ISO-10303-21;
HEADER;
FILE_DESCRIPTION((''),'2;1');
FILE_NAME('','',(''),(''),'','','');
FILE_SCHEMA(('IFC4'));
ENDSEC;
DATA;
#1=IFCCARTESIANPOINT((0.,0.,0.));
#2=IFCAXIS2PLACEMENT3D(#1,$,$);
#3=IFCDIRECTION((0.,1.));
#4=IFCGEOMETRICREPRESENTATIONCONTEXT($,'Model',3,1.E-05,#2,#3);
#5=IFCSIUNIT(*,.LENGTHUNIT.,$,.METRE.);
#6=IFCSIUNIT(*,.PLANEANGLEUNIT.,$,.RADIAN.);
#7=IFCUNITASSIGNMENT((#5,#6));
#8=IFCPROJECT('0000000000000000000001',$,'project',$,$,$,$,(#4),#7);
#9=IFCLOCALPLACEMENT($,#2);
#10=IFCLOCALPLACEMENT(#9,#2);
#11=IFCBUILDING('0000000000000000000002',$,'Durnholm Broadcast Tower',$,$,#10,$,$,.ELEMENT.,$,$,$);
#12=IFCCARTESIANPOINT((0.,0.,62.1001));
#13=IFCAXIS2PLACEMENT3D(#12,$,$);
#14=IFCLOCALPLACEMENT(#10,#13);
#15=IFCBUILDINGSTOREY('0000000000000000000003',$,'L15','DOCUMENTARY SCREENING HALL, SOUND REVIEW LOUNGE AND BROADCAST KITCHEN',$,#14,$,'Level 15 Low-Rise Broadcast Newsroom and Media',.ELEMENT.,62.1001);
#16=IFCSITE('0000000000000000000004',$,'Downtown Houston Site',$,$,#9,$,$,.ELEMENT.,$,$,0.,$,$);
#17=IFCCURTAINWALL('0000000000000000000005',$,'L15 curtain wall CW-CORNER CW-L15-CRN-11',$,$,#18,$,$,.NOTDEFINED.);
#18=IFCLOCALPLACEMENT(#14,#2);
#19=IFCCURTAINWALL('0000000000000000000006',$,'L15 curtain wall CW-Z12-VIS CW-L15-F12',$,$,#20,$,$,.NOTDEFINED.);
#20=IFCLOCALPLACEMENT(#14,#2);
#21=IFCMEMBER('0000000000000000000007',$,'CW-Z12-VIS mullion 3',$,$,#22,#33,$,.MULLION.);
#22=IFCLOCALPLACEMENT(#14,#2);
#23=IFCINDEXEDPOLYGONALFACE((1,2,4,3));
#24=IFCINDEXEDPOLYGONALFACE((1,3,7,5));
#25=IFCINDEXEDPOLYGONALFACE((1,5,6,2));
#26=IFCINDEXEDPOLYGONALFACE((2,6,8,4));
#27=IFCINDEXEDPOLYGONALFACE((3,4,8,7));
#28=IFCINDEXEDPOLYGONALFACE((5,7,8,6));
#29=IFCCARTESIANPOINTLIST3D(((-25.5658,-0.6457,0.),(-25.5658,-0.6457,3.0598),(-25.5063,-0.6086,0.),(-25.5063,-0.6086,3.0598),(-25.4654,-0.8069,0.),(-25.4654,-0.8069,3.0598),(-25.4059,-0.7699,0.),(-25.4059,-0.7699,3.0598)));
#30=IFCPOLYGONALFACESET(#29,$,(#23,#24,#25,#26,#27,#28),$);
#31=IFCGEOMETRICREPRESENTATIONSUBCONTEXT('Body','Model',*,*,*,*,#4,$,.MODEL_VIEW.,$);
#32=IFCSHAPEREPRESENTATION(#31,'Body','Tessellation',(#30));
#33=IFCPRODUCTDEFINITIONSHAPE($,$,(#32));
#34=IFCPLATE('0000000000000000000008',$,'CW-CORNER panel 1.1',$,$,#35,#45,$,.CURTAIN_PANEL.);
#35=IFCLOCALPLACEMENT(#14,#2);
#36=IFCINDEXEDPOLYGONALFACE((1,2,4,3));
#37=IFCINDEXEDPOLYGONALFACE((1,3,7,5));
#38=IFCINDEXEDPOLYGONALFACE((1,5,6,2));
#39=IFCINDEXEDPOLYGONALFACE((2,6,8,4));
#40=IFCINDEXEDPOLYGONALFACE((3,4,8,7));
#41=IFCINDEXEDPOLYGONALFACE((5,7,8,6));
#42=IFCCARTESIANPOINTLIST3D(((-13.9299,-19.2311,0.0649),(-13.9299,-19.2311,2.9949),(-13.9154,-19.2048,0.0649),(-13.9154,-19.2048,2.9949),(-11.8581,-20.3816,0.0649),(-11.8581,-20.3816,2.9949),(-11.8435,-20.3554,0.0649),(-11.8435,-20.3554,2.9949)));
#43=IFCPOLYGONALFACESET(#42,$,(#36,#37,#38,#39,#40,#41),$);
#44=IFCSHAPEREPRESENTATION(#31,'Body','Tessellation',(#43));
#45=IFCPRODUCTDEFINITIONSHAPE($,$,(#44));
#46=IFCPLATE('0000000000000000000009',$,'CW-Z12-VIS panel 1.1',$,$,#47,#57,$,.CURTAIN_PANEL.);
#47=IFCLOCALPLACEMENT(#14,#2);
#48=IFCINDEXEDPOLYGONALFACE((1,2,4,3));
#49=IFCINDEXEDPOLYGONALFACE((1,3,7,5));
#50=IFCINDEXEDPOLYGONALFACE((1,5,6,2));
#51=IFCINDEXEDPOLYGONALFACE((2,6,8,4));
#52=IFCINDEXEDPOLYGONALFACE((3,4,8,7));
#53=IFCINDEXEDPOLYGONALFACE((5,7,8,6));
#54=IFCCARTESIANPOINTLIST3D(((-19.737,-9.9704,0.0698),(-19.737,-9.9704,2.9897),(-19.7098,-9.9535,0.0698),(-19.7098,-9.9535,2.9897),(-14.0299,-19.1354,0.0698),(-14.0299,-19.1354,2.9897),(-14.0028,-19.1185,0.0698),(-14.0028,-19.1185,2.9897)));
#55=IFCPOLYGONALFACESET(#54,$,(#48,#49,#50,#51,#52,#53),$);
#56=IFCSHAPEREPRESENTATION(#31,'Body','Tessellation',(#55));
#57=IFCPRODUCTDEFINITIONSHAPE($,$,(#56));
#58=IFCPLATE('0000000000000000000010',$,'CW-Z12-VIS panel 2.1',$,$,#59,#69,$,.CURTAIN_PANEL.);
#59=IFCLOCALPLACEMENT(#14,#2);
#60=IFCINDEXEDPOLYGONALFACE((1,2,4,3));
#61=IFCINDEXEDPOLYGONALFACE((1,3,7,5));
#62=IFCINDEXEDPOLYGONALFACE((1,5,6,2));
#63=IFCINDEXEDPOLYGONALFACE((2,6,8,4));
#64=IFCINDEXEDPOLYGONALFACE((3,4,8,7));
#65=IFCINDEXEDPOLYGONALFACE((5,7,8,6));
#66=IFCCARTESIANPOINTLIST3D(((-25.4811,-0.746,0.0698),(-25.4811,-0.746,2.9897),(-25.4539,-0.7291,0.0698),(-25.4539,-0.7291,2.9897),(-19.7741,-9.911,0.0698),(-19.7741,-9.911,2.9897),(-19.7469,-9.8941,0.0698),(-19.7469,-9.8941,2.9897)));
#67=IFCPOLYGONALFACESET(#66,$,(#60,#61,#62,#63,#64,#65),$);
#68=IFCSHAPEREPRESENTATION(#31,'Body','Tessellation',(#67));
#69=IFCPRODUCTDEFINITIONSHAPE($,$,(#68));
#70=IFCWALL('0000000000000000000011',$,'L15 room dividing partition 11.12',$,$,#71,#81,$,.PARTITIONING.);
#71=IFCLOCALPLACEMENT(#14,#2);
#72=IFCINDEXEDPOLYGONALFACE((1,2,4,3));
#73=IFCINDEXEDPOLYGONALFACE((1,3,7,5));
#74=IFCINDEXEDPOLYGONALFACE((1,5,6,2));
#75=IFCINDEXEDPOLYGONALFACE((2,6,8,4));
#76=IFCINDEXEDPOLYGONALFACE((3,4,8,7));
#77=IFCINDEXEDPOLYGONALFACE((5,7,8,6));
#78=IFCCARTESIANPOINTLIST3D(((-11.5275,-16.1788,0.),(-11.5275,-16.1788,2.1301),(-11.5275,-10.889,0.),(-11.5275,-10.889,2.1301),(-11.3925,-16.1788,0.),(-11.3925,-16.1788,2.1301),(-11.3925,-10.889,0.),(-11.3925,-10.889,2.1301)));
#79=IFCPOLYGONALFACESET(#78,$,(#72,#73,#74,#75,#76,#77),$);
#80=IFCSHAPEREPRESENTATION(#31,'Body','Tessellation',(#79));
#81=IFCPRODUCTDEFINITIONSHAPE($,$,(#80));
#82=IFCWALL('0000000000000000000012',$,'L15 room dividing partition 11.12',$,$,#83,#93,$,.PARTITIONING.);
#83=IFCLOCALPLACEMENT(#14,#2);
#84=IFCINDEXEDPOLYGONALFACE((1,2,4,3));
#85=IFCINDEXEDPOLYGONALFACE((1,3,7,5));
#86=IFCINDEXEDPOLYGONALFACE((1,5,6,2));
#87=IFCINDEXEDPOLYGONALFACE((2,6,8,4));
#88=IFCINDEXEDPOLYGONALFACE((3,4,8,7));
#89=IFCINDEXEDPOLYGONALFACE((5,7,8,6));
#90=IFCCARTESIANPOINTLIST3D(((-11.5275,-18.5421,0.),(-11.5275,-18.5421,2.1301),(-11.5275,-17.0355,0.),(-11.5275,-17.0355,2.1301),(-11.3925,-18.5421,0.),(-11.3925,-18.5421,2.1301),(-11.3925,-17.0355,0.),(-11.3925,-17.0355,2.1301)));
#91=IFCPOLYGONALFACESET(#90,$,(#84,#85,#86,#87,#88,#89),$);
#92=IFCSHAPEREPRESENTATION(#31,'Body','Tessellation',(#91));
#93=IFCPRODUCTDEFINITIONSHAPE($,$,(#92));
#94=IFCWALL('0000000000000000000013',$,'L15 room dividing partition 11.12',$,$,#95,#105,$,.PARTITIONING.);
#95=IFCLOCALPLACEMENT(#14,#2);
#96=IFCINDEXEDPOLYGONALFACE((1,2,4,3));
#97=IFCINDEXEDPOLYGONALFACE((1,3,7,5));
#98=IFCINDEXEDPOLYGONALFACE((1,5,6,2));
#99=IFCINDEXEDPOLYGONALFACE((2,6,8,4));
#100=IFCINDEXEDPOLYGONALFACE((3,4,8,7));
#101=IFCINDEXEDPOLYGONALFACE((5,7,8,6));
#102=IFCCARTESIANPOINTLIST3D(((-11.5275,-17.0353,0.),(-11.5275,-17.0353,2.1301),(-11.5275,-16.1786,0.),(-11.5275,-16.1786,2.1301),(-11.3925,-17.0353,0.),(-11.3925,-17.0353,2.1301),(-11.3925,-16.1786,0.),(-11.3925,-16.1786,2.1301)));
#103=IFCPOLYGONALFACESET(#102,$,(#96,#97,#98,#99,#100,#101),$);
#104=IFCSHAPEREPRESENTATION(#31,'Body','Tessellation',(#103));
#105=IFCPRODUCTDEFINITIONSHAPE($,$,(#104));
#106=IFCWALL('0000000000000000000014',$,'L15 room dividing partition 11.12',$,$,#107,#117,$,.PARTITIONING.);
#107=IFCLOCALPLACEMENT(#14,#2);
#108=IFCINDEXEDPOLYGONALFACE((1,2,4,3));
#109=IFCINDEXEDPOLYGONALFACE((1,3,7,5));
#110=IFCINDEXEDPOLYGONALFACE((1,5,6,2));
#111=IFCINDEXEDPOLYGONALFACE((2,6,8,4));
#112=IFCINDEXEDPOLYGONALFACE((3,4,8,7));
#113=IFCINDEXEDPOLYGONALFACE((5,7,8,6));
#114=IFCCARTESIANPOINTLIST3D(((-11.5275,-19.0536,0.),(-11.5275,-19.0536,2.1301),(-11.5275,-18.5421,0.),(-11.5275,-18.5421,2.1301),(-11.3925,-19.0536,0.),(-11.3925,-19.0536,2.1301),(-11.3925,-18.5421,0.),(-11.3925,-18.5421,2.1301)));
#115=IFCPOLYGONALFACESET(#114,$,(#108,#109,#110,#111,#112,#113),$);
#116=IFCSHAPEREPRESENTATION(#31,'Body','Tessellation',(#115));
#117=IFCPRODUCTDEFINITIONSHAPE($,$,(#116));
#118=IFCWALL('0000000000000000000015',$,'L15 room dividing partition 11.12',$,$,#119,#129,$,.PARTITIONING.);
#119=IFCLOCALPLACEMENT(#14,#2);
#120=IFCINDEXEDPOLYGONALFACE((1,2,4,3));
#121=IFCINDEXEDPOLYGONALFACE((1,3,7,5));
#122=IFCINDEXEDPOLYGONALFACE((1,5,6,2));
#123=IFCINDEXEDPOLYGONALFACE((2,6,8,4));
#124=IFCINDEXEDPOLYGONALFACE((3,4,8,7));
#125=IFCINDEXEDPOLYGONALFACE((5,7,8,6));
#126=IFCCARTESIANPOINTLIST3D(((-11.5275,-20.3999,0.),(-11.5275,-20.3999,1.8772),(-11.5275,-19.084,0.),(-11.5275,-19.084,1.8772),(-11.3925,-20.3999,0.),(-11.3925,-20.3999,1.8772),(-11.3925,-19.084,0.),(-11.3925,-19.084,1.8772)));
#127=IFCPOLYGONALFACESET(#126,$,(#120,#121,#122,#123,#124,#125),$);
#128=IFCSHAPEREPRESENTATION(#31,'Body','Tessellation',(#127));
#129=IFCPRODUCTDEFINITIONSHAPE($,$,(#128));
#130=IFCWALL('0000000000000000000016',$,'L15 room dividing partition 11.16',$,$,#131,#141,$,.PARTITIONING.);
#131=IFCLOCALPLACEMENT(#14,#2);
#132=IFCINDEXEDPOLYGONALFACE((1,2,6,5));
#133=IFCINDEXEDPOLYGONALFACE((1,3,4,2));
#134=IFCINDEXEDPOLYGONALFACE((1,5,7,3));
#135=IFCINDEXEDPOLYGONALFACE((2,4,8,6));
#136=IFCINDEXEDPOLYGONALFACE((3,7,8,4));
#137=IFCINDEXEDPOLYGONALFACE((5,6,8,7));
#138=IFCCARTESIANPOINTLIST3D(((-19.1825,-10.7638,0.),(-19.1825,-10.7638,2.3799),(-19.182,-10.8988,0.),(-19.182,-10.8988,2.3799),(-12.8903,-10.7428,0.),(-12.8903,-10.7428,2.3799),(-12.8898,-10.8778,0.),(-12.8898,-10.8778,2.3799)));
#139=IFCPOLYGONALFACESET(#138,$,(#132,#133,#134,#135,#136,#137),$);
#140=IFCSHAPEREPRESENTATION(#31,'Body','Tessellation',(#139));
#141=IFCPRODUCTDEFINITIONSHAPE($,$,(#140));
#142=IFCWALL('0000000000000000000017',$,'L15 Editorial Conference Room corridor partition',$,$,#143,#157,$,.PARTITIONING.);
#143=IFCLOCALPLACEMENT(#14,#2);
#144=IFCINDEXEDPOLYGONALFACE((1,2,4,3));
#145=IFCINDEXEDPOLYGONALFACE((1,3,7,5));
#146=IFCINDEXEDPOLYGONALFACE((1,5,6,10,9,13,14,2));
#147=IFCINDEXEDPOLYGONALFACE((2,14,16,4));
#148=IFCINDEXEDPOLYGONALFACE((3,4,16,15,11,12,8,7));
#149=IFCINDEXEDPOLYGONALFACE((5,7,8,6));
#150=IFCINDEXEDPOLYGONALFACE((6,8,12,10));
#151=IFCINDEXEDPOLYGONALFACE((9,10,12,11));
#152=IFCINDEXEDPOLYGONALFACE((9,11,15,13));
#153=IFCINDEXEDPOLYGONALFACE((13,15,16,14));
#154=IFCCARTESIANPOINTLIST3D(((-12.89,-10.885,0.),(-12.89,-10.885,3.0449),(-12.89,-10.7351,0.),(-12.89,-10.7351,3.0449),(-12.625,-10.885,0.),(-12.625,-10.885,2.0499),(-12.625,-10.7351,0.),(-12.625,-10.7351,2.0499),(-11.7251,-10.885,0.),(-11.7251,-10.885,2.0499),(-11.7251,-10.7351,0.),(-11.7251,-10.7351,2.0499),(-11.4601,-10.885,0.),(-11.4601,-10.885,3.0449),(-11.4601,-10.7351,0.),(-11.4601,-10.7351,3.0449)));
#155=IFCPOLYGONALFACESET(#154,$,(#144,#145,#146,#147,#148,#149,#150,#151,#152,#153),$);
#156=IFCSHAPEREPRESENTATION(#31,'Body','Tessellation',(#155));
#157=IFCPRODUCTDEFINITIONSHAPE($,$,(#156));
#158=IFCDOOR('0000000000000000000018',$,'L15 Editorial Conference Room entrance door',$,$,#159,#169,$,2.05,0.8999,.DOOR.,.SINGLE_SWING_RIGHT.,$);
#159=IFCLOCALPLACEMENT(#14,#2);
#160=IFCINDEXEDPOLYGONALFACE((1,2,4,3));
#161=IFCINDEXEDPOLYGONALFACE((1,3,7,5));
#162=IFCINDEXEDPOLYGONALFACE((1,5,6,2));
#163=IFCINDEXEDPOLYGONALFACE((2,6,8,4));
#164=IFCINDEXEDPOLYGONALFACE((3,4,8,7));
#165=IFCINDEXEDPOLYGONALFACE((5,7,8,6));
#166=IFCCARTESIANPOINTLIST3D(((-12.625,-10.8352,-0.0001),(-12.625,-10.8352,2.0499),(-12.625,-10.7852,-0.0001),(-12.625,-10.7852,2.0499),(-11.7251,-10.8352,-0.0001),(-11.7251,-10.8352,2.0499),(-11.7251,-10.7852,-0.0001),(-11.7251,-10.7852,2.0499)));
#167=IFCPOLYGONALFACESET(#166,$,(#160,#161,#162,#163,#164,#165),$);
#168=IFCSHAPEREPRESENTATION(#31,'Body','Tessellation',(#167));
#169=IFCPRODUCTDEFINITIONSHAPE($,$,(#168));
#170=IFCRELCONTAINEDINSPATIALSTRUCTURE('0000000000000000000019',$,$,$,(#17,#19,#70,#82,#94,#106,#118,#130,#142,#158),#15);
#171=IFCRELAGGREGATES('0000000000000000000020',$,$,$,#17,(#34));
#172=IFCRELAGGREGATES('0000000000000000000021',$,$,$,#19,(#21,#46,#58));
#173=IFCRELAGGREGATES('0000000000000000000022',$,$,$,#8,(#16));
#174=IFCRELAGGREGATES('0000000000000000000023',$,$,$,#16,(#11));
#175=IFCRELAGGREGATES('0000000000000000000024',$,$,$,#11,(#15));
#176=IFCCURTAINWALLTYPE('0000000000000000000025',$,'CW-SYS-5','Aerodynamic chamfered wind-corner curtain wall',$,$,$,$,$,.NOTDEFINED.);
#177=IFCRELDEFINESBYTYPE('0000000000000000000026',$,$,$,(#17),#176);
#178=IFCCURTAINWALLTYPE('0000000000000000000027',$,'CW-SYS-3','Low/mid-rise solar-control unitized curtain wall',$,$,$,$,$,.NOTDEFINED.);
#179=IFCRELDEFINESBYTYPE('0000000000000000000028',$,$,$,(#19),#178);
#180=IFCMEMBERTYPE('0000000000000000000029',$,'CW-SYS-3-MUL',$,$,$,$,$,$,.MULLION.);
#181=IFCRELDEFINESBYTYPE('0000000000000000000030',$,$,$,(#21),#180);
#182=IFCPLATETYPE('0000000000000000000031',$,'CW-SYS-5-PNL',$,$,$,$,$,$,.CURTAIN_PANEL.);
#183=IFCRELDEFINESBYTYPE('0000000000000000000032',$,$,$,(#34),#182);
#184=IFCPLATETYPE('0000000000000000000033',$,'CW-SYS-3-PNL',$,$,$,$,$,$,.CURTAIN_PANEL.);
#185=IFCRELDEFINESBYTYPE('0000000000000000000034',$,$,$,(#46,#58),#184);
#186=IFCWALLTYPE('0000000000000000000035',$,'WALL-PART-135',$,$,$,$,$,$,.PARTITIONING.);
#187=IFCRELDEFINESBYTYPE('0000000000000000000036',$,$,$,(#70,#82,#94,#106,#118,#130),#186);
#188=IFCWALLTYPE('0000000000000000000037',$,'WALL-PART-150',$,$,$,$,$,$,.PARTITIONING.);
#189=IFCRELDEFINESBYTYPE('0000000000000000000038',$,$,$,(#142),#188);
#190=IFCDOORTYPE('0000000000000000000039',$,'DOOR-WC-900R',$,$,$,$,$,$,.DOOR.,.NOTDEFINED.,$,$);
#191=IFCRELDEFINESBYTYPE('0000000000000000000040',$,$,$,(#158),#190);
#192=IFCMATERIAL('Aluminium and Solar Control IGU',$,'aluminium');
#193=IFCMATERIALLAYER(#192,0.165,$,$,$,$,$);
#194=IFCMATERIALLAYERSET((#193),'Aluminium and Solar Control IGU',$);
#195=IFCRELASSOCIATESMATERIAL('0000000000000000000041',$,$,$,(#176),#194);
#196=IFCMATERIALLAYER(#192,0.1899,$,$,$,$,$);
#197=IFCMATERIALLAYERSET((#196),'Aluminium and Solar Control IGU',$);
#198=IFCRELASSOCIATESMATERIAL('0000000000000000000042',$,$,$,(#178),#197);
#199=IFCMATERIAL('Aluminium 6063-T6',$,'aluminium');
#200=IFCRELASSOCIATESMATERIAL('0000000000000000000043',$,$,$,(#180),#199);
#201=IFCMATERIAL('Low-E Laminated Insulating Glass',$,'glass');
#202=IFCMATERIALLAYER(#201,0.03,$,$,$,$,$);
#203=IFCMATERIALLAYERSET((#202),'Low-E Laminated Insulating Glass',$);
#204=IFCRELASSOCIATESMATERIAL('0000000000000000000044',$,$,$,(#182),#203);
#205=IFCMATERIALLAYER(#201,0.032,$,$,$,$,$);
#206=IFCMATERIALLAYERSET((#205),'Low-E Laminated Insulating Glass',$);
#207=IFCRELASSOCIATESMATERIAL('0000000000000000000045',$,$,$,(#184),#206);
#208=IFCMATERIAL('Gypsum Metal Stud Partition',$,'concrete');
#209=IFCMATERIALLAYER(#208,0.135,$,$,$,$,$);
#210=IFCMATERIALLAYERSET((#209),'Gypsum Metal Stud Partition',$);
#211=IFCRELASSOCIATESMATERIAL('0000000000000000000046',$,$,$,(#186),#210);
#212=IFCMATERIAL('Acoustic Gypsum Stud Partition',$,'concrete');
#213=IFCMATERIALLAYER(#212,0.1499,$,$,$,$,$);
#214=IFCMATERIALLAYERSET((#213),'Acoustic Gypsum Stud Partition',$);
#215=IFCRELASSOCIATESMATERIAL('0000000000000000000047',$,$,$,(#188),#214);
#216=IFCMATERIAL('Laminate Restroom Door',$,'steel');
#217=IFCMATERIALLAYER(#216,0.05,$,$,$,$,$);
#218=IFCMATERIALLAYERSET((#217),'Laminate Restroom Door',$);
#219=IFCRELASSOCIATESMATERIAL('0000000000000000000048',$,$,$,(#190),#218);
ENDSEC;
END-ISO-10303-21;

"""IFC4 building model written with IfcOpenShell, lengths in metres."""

from ifc_helpers import new_model, si_unit, direction, frame, frame_2d, origin, origin_2d, place, context, subcontext, project, spatial, rectangle, extrude, source, transform, mapped, material, layer, layer_set, material_profile, profile_set, type_object, type_shapes, element, fill, aggregate, save


model = new_model("IFC4")

# Units and contexts
model_context = context("Model", 3, precision=1e-05, world=origin(), true_north=direction((0.0, 1.0)))
body_context = subcontext(model_context, "Body", "Model", "MODEL_VIEW")
ifc_project = project(units=[si_unit("LENGTHUNIT", "METRE"), si_unit("PLANEANGLEUNIT", "RADIAN")], contexts=[model_context])

# Site, building, storey
site_placement = place(None, origin())
site = spatial("IfcSite", under=ifc_project, at=site_placement, Name="Downtown Houston Site", CompositionType="ELEMENT", RefElevation=0.0)
building_placement = place(site_placement, origin())
building = spatial("IfcBuilding", under=site, at=building_placement, Name="Durnholm Broadcast Tower", CompositionType="ELEMENT")
storey_placement = place(building_placement, frame((0.0, 0.0, 62.1001)))
storey = spatial("IfcBuildingStorey", under=building, at=storey_placement, Name="L15", Description="DOCUMENTARY SCREENING HALL, SOUND REVIEW LOUNGE AND BROADCAST KITCHEN", LongName="Level 15 Low-Rise Broadcast Newsroom and Media", CompositionType="ELEMENT", Elevation=62.1001)

# Curtain walls
ifc_material_1 = material(Name="Aluminium and Solar Control IGU", Category="aluminium")
ifc_layer_1 = layer(ifc_material_1, 0.165)
ifc_layer_set_1 = layer_set([ifc_layer_1], Name="Aluminium and Solar Control IGU")
curtain_wall_type_1 = type_object("IfcCurtainWallType", Name="CW-SYS-5", Description="Aerodynamic chamfered wind-corner curtain wall", PredefinedType="NOTDEFINED", material=ifc_layer_set_1)
ifc_material_2 = material(Name="Aluminium 6063-T6", Category="aluminium")
curtain_wall_1_placement = place(storey_placement, origin())
curtain_wall_1 = element("IfcCurtainWall", 1, at=curtain_wall_1_placement, inside=storey, type_object=curtain_wall_type_1, Name="L15 curtain wall CW-CORNER CW-L15-CRN-11", PredefinedType="NOTDEFINED")
ifc_layer_2 = layer(ifc_material_1, 0.1899)
ifc_layer_set_2 = layer_set([ifc_layer_2], Name="Aluminium and Solar Control IGU")
curtain_wall_type_2 = type_object("IfcCurtainWallType", Name="CW-SYS-3", Description="Low/mid-rise solar-control unitized curtain wall", PredefinedType="NOTDEFINED", material=ifc_layer_set_2)
curtain_wall_2_placement = place(storey_placement, origin())
curtain_wall_2 = element("IfcCurtainWall", 2, at=curtain_wall_2_placement, inside=storey, type_object=curtain_wall_type_2, Name="L15 curtain wall CW-Z12-VIS CW-L15-F12", PredefinedType="NOTDEFINED")

# Shared definitions
ifc_material_profile_1 = material_profile(ifc_material_2, rectangle(XDim=0.0701, YDim=0.1899, at=origin_2d()), Name="CWM70X190")
ifc_profile_set_1 = profile_set([ifc_material_profile_1], Name="Aluminium 6063-T6")
member_type_1 = type_object("IfcMemberType", Name="CW-SYS-3-MUL", PredefinedType="MULLION", material=ifc_profile_set_1)
shared_shape_1 = source(origin(), body_context, "Body", "SweptSolid", [
    extrude(rectangle(XDim=0.0701, YDim=0.1899, at=origin_2d()), origin(), (0.0, 0.0, 1.0), 3.0598),
])
type_shapes(member_type_1, [shared_shape_1])

# Member
member_1_placement = place(storey_placement, frame((-25.4858, -0.7078, 0.0), z_axis=(0.0, 0.0, 1.0), x_axis=(-0.848876, -0.528592, 0.0)))
member_1 = element("IfcMember", 3, at=member_1_placement, type_object=member_type_1, Name="CW-Z12-VIS mullion 3", PredefinedType="MULLION", context=body_context, shape_type="MappedRepresentation", body=[
    mapped(shared_shape_1, transform((0.0, 0.0, 0.0), x_axis=(1.0, 0.0, 0.0), y_axis=(0.0, 1.0, 0.0), z_axis=(0.0, 0.0, 1.0), scale=1.0)),
])

# Plates
ifc_material_3 = material(Name="Low-E Laminated Insulating Glass", Category="glass")
ifc_layer_3 = layer(ifc_material_3, 0.03)
ifc_layer_set_3 = layer_set([ifc_layer_3], Name="Low-E Laminated Insulating Glass")
plate_type_1 = type_object("IfcPlateType", Name="CW-SYS-5-PNL", PredefinedType="CURTAIN_PANEL", material=ifc_layer_set_3)
shared_shape_2 = source(origin(), body_context, "Body", "SweptSolid", [
    extrude(rectangle(XDim=2.3699, YDim=0.03, at=origin_2d()), origin(), (0.0, 0.0, 1.0), 2.9299),
])
type_shapes(plate_type_1, [shared_shape_2])
plate_1_placement = place(storey_placement, frame((-12.8867, -19.7932, 0.0649), z_axis=(0.0, 0.0, 1.0), x_axis=(-0.874246, 0.485483, 0.0)))
plate_1 = element("IfcPlate", 4, at=plate_1_placement, type_object=plate_type_1, Name="CW-CORNER panel 1.1", PredefinedType="CURTAIN_PANEL", context=body_context, shape_type="MappedRepresentation", body=[
    mapped(shared_shape_2, transform((0.0, 0.0, 0.0), x_axis=(1.0, 0.0, 0.0), y_axis=(0.0, 1.0, 0.0), z_axis=(0.0, 0.0, 1.0), scale=1.0)),
])
aggregate(curtain_wall_1, [plate_1])
ifc_layer_4 = layer(ifc_material_3, 0.032)
ifc_layer_set_4 = layer_set([ifc_layer_4], Name="Low-E Laminated Insulating Glass")
plate_type_2 = type_object("IfcPlateType", Name="CW-SYS-3-PNL", PredefinedType="CURTAIN_PANEL", material=ifc_layer_set_4)
shared_shape_3 = source(origin(), body_context, "Body", "SweptSolid", [
    extrude(rectangle(XDim=10.7966, YDim=0.032, at=origin_2d()), origin(), (0.0, 0.0, 1.0), 2.9199),
])
type_shapes(plate_type_2, [shared_shape_3])
plate_2_placement = place(storey_placement, frame((-16.8699, -14.5444, 0.0698), z_axis=(0.0, 0.0, 1.0), x_axis=(-0.528592, 0.848876, 0.0)))
plate_2 = element("IfcPlate", 5, at=plate_2_placement, type_object=plate_type_2, Name="CW-Z12-VIS panel 1.1", PredefinedType="CURTAIN_PANEL", context=body_context, shape_type="MappedRepresentation", body=[
    mapped(shared_shape_3, transform((0.0, 0.0, 0.0), x_axis=(1.0, 0.0, 0.0), y_axis=(0.0, 1.0, 0.0), z_axis=(0.0, 0.0, 1.0), scale=1.0)),
])
plate_3_placement = place(storey_placement, frame((-22.614, -5.3201, 0.0698), z_axis=(0.0, 0.0, 1.0), x_axis=(-0.528592, 0.848876, 0.0)))
plate_3 = element("IfcPlate", 6, at=plate_3_placement, type_object=plate_type_2, Name="CW-Z12-VIS panel 2.1", PredefinedType="CURTAIN_PANEL", context=body_context, shape_type="MappedRepresentation", body=[
    mapped(shared_shape_3, transform((0.0, 0.0, 0.0), x_axis=(1.0, 0.0, 0.0), y_axis=(0.0, 1.0, 0.0), z_axis=(0.0, 0.0, 1.0), scale=1.0)),
])
aggregate(curtain_wall_2, [member_1, plate_2, plate_3])

# Walls
ifc_material_4 = material(Name="Gypsum Metal Stud Partition", Category="concrete")
ifc_layer_5 = layer(ifc_material_4, 0.135)
ifc_layer_set_5 = layer_set([ifc_layer_5], Name="Gypsum Metal Stud Partition")
wall_type_1 = type_object("IfcWallType", Name="WALL-PART-135", PredefinedType="PARTITIONING", material=ifc_layer_set_5)
wall_1_placement = place(storey_placement, frame((-11.46, -10.8889, 0.0), z_axis=(0.0, 0.0, 1.0), x_axis=(0.0, -1.0, 0.0)))
element("IfcWall", 7, at=wall_1_placement, inside=storey, type_object=wall_type_1, Name="L15 room dividing partition 11.12", PredefinedType="PARTITIONING", context=body_context, shape_type="SweptSolid", body=[
    extrude(rectangle(XDim=5.2898, YDim=0.135, at=frame_2d((2.645, 0.0))), origin(), (0.0, 0.0, 1.0), 2.1301),
])
wall_2_placement = place(storey_placement, frame((-11.46, -17.0354, 0.0), z_axis=(0.0, 0.0, 1.0), x_axis=(0.0, -1.0, 0.0)))
element("IfcWall", 8, at=wall_2_placement, inside=storey, type_object=wall_type_1, Name="L15 room dividing partition 11.12", PredefinedType="PARTITIONING", context=body_context, shape_type="SweptSolid", body=[
    extrude(rectangle(XDim=1.5066, YDim=0.135, at=frame_2d((0.7534, 0.0))), origin(), (0.0, 0.0, 1.0), 2.1301),
])
wall_3_placement = place(storey_placement, frame((-11.46, -16.1787, 0.0), z_axis=(0.0, 0.0, 1.0), x_axis=(0.0, -1.0, 0.0)))
element("IfcWall", 9, at=wall_3_placement, inside=storey, type_object=wall_type_1, Name="L15 room dividing partition 11.12", PredefinedType="PARTITIONING", context=body_context, shape_type="SweptSolid", body=[
    extrude(rectangle(XDim=0.8567, YDim=0.135, at=frame_2d((0.4282, 0.0))), origin(), (0.0, 0.0, 1.0), 2.1301),
])
wall_4_placement = place(storey_placement, frame((-11.46, -18.542, 0.0), z_axis=(0.0, 0.0, 1.0), x_axis=(0.0, -1.0, 0.0)))
element("IfcWall", 10, at=wall_4_placement, inside=storey, type_object=wall_type_1, Name="L15 room dividing partition 11.12", PredefinedType="PARTITIONING", context=body_context, shape_type="SweptSolid", body=[
    extrude(rectangle(XDim=0.5115, YDim=0.135, at=frame_2d((0.2559, 0.0))), origin(), (0.0, 0.0, 1.0), 2.1301),
])
wall_5_placement = place(storey_placement, frame((-11.46, -19.084, 0.0), z_axis=(0.0, 0.0, 1.0), x_axis=(0.0, -1.0, 0.0)))
element("IfcWall", 11, at=wall_5_placement, inside=storey, type_object=wall_type_1, Name="L15 room dividing partition 11.12", PredefinedType="PARTITIONING", context=body_context, shape_type="SweptSolid", body=[
    extrude(rectangle(XDim=1.3159, YDim=0.135, at=frame_2d((0.658, 0.0))), origin(), (0.0, 0.0, 1.0), 1.8772),
])
wall_6_placement = place(storey_placement, frame((-19.1821, -10.8313, 0.0), z_axis=(0.0, 0.0, 1.0), x_axis=(0.999994, 0.003337, 0.0)))
element("IfcWall", 12, at=wall_6_placement, inside=storey, type_object=wall_type_1, Name="L15 room dividing partition 11.16", PredefinedType="PARTITIONING", context=body_context, shape_type="SweptSolid", body=[
    extrude(rectangle(XDim=6.2922, YDim=0.135, at=frame_2d((3.146, 0.0))), origin(), (0.0, 0.0, 1.0), 2.3799),
])

# Wall, opening, door
ifc_material_5 = material(Name="Acoustic Gypsum Stud Partition", Category="concrete")
ifc_layer_6 = layer(ifc_material_5, 0.1499)
ifc_layer_set_6 = layer_set([ifc_layer_6], Name="Acoustic Gypsum Stud Partition")
wall_type_2 = type_object("IfcWallType", Name="WALL-PART-150", PredefinedType="PARTITIONING", material=ifc_layer_set_6)
wall_7_placement = place(storey_placement, frame((-12.8899, -10.8101, 0.0), z_axis=(0.0, 0.0, 1.0), x_axis=(1.0, 0.0, 0.0)))
wall_7 = element("IfcWall", 13, at=wall_7_placement, inside=storey, type_object=wall_type_2, Name="L15 Editorial Conference Room corridor partition", PredefinedType="PARTITIONING", context=body_context, shape_type="SweptSolid", body=[
    extrude(rectangle(XDim=1.4299, YDim=0.1499, at=frame_2d((0.7148, 0.0))), origin(), (0.0, 0.0, 1.0), 3.0449),
])
opening_placement = place(wall_7_placement, frame((0.2649, 0.0, 0.0)))
opening = element("IfcOpeningElement", 14, at=opening_placement, cuts=wall_7, PredefinedType="OPENING", context=body_context, shape_type="SweptSolid", body=[
    extrude(rectangle(XDim=0.8999, YDim=2.05, at=frame_2d((0.45, 1.0249))), frame((0.0, 0.085, 0.0), z_axis=(0.0, -1.0, 0.0), x_axis=(1.0, 0.0, 0.0)), (0.0, 0.0, 1.0), 0.1699),
])
ifc_material_6 = material(Name="Laminate Restroom Door", Category="steel")
ifc_layer_7 = layer(ifc_material_6, 0.05)
ifc_layer_set_7 = layer_set([ifc_layer_7], Name="Laminate Restroom Door")
door_type = type_object("IfcDoorType", Name="DOOR-WC-900R", OperationType="NOTDEFINED", PredefinedType="DOOR", material=ifc_layer_set_7)
shared_shape_4 = source(origin(), body_context, "Body", "SweptSolid", [
    extrude(rectangle(XDim=0.8999, YDim=2.05, at=frame_2d((0.45, 1.0249))), frame((0.0, 0.0249, 0.0), z_axis=(0.0, -1.0, 0.0), x_axis=(1.0, 0.0, 0.0)), (0.0, 0.0, 1.0), 0.05),
])
type_shapes(door_type, [shared_shape_4])
door_placement = place(opening_placement, origin())
door = element("IfcDoor", 15, at=door_placement, inside=storey, type_object=door_type, Name="L15 Editorial Conference Room entrance door", OperationType="SINGLE_SWING_RIGHT", OverallHeight=2.05, OverallWidth=0.8999, PredefinedType="DOOR", context=body_context, shape_type="MappedRepresentation", body=[
    mapped(shared_shape_4, transform((0.0, 0.0, 0.0), x_axis=(1.0, 0.0, 0.0), y_axis=(0.0, 1.0, 0.0), z_axis=(0.0, 0.0, 1.0), scale=1.0)),
])
fill(opening, door)

save(model, "model.ifc")
